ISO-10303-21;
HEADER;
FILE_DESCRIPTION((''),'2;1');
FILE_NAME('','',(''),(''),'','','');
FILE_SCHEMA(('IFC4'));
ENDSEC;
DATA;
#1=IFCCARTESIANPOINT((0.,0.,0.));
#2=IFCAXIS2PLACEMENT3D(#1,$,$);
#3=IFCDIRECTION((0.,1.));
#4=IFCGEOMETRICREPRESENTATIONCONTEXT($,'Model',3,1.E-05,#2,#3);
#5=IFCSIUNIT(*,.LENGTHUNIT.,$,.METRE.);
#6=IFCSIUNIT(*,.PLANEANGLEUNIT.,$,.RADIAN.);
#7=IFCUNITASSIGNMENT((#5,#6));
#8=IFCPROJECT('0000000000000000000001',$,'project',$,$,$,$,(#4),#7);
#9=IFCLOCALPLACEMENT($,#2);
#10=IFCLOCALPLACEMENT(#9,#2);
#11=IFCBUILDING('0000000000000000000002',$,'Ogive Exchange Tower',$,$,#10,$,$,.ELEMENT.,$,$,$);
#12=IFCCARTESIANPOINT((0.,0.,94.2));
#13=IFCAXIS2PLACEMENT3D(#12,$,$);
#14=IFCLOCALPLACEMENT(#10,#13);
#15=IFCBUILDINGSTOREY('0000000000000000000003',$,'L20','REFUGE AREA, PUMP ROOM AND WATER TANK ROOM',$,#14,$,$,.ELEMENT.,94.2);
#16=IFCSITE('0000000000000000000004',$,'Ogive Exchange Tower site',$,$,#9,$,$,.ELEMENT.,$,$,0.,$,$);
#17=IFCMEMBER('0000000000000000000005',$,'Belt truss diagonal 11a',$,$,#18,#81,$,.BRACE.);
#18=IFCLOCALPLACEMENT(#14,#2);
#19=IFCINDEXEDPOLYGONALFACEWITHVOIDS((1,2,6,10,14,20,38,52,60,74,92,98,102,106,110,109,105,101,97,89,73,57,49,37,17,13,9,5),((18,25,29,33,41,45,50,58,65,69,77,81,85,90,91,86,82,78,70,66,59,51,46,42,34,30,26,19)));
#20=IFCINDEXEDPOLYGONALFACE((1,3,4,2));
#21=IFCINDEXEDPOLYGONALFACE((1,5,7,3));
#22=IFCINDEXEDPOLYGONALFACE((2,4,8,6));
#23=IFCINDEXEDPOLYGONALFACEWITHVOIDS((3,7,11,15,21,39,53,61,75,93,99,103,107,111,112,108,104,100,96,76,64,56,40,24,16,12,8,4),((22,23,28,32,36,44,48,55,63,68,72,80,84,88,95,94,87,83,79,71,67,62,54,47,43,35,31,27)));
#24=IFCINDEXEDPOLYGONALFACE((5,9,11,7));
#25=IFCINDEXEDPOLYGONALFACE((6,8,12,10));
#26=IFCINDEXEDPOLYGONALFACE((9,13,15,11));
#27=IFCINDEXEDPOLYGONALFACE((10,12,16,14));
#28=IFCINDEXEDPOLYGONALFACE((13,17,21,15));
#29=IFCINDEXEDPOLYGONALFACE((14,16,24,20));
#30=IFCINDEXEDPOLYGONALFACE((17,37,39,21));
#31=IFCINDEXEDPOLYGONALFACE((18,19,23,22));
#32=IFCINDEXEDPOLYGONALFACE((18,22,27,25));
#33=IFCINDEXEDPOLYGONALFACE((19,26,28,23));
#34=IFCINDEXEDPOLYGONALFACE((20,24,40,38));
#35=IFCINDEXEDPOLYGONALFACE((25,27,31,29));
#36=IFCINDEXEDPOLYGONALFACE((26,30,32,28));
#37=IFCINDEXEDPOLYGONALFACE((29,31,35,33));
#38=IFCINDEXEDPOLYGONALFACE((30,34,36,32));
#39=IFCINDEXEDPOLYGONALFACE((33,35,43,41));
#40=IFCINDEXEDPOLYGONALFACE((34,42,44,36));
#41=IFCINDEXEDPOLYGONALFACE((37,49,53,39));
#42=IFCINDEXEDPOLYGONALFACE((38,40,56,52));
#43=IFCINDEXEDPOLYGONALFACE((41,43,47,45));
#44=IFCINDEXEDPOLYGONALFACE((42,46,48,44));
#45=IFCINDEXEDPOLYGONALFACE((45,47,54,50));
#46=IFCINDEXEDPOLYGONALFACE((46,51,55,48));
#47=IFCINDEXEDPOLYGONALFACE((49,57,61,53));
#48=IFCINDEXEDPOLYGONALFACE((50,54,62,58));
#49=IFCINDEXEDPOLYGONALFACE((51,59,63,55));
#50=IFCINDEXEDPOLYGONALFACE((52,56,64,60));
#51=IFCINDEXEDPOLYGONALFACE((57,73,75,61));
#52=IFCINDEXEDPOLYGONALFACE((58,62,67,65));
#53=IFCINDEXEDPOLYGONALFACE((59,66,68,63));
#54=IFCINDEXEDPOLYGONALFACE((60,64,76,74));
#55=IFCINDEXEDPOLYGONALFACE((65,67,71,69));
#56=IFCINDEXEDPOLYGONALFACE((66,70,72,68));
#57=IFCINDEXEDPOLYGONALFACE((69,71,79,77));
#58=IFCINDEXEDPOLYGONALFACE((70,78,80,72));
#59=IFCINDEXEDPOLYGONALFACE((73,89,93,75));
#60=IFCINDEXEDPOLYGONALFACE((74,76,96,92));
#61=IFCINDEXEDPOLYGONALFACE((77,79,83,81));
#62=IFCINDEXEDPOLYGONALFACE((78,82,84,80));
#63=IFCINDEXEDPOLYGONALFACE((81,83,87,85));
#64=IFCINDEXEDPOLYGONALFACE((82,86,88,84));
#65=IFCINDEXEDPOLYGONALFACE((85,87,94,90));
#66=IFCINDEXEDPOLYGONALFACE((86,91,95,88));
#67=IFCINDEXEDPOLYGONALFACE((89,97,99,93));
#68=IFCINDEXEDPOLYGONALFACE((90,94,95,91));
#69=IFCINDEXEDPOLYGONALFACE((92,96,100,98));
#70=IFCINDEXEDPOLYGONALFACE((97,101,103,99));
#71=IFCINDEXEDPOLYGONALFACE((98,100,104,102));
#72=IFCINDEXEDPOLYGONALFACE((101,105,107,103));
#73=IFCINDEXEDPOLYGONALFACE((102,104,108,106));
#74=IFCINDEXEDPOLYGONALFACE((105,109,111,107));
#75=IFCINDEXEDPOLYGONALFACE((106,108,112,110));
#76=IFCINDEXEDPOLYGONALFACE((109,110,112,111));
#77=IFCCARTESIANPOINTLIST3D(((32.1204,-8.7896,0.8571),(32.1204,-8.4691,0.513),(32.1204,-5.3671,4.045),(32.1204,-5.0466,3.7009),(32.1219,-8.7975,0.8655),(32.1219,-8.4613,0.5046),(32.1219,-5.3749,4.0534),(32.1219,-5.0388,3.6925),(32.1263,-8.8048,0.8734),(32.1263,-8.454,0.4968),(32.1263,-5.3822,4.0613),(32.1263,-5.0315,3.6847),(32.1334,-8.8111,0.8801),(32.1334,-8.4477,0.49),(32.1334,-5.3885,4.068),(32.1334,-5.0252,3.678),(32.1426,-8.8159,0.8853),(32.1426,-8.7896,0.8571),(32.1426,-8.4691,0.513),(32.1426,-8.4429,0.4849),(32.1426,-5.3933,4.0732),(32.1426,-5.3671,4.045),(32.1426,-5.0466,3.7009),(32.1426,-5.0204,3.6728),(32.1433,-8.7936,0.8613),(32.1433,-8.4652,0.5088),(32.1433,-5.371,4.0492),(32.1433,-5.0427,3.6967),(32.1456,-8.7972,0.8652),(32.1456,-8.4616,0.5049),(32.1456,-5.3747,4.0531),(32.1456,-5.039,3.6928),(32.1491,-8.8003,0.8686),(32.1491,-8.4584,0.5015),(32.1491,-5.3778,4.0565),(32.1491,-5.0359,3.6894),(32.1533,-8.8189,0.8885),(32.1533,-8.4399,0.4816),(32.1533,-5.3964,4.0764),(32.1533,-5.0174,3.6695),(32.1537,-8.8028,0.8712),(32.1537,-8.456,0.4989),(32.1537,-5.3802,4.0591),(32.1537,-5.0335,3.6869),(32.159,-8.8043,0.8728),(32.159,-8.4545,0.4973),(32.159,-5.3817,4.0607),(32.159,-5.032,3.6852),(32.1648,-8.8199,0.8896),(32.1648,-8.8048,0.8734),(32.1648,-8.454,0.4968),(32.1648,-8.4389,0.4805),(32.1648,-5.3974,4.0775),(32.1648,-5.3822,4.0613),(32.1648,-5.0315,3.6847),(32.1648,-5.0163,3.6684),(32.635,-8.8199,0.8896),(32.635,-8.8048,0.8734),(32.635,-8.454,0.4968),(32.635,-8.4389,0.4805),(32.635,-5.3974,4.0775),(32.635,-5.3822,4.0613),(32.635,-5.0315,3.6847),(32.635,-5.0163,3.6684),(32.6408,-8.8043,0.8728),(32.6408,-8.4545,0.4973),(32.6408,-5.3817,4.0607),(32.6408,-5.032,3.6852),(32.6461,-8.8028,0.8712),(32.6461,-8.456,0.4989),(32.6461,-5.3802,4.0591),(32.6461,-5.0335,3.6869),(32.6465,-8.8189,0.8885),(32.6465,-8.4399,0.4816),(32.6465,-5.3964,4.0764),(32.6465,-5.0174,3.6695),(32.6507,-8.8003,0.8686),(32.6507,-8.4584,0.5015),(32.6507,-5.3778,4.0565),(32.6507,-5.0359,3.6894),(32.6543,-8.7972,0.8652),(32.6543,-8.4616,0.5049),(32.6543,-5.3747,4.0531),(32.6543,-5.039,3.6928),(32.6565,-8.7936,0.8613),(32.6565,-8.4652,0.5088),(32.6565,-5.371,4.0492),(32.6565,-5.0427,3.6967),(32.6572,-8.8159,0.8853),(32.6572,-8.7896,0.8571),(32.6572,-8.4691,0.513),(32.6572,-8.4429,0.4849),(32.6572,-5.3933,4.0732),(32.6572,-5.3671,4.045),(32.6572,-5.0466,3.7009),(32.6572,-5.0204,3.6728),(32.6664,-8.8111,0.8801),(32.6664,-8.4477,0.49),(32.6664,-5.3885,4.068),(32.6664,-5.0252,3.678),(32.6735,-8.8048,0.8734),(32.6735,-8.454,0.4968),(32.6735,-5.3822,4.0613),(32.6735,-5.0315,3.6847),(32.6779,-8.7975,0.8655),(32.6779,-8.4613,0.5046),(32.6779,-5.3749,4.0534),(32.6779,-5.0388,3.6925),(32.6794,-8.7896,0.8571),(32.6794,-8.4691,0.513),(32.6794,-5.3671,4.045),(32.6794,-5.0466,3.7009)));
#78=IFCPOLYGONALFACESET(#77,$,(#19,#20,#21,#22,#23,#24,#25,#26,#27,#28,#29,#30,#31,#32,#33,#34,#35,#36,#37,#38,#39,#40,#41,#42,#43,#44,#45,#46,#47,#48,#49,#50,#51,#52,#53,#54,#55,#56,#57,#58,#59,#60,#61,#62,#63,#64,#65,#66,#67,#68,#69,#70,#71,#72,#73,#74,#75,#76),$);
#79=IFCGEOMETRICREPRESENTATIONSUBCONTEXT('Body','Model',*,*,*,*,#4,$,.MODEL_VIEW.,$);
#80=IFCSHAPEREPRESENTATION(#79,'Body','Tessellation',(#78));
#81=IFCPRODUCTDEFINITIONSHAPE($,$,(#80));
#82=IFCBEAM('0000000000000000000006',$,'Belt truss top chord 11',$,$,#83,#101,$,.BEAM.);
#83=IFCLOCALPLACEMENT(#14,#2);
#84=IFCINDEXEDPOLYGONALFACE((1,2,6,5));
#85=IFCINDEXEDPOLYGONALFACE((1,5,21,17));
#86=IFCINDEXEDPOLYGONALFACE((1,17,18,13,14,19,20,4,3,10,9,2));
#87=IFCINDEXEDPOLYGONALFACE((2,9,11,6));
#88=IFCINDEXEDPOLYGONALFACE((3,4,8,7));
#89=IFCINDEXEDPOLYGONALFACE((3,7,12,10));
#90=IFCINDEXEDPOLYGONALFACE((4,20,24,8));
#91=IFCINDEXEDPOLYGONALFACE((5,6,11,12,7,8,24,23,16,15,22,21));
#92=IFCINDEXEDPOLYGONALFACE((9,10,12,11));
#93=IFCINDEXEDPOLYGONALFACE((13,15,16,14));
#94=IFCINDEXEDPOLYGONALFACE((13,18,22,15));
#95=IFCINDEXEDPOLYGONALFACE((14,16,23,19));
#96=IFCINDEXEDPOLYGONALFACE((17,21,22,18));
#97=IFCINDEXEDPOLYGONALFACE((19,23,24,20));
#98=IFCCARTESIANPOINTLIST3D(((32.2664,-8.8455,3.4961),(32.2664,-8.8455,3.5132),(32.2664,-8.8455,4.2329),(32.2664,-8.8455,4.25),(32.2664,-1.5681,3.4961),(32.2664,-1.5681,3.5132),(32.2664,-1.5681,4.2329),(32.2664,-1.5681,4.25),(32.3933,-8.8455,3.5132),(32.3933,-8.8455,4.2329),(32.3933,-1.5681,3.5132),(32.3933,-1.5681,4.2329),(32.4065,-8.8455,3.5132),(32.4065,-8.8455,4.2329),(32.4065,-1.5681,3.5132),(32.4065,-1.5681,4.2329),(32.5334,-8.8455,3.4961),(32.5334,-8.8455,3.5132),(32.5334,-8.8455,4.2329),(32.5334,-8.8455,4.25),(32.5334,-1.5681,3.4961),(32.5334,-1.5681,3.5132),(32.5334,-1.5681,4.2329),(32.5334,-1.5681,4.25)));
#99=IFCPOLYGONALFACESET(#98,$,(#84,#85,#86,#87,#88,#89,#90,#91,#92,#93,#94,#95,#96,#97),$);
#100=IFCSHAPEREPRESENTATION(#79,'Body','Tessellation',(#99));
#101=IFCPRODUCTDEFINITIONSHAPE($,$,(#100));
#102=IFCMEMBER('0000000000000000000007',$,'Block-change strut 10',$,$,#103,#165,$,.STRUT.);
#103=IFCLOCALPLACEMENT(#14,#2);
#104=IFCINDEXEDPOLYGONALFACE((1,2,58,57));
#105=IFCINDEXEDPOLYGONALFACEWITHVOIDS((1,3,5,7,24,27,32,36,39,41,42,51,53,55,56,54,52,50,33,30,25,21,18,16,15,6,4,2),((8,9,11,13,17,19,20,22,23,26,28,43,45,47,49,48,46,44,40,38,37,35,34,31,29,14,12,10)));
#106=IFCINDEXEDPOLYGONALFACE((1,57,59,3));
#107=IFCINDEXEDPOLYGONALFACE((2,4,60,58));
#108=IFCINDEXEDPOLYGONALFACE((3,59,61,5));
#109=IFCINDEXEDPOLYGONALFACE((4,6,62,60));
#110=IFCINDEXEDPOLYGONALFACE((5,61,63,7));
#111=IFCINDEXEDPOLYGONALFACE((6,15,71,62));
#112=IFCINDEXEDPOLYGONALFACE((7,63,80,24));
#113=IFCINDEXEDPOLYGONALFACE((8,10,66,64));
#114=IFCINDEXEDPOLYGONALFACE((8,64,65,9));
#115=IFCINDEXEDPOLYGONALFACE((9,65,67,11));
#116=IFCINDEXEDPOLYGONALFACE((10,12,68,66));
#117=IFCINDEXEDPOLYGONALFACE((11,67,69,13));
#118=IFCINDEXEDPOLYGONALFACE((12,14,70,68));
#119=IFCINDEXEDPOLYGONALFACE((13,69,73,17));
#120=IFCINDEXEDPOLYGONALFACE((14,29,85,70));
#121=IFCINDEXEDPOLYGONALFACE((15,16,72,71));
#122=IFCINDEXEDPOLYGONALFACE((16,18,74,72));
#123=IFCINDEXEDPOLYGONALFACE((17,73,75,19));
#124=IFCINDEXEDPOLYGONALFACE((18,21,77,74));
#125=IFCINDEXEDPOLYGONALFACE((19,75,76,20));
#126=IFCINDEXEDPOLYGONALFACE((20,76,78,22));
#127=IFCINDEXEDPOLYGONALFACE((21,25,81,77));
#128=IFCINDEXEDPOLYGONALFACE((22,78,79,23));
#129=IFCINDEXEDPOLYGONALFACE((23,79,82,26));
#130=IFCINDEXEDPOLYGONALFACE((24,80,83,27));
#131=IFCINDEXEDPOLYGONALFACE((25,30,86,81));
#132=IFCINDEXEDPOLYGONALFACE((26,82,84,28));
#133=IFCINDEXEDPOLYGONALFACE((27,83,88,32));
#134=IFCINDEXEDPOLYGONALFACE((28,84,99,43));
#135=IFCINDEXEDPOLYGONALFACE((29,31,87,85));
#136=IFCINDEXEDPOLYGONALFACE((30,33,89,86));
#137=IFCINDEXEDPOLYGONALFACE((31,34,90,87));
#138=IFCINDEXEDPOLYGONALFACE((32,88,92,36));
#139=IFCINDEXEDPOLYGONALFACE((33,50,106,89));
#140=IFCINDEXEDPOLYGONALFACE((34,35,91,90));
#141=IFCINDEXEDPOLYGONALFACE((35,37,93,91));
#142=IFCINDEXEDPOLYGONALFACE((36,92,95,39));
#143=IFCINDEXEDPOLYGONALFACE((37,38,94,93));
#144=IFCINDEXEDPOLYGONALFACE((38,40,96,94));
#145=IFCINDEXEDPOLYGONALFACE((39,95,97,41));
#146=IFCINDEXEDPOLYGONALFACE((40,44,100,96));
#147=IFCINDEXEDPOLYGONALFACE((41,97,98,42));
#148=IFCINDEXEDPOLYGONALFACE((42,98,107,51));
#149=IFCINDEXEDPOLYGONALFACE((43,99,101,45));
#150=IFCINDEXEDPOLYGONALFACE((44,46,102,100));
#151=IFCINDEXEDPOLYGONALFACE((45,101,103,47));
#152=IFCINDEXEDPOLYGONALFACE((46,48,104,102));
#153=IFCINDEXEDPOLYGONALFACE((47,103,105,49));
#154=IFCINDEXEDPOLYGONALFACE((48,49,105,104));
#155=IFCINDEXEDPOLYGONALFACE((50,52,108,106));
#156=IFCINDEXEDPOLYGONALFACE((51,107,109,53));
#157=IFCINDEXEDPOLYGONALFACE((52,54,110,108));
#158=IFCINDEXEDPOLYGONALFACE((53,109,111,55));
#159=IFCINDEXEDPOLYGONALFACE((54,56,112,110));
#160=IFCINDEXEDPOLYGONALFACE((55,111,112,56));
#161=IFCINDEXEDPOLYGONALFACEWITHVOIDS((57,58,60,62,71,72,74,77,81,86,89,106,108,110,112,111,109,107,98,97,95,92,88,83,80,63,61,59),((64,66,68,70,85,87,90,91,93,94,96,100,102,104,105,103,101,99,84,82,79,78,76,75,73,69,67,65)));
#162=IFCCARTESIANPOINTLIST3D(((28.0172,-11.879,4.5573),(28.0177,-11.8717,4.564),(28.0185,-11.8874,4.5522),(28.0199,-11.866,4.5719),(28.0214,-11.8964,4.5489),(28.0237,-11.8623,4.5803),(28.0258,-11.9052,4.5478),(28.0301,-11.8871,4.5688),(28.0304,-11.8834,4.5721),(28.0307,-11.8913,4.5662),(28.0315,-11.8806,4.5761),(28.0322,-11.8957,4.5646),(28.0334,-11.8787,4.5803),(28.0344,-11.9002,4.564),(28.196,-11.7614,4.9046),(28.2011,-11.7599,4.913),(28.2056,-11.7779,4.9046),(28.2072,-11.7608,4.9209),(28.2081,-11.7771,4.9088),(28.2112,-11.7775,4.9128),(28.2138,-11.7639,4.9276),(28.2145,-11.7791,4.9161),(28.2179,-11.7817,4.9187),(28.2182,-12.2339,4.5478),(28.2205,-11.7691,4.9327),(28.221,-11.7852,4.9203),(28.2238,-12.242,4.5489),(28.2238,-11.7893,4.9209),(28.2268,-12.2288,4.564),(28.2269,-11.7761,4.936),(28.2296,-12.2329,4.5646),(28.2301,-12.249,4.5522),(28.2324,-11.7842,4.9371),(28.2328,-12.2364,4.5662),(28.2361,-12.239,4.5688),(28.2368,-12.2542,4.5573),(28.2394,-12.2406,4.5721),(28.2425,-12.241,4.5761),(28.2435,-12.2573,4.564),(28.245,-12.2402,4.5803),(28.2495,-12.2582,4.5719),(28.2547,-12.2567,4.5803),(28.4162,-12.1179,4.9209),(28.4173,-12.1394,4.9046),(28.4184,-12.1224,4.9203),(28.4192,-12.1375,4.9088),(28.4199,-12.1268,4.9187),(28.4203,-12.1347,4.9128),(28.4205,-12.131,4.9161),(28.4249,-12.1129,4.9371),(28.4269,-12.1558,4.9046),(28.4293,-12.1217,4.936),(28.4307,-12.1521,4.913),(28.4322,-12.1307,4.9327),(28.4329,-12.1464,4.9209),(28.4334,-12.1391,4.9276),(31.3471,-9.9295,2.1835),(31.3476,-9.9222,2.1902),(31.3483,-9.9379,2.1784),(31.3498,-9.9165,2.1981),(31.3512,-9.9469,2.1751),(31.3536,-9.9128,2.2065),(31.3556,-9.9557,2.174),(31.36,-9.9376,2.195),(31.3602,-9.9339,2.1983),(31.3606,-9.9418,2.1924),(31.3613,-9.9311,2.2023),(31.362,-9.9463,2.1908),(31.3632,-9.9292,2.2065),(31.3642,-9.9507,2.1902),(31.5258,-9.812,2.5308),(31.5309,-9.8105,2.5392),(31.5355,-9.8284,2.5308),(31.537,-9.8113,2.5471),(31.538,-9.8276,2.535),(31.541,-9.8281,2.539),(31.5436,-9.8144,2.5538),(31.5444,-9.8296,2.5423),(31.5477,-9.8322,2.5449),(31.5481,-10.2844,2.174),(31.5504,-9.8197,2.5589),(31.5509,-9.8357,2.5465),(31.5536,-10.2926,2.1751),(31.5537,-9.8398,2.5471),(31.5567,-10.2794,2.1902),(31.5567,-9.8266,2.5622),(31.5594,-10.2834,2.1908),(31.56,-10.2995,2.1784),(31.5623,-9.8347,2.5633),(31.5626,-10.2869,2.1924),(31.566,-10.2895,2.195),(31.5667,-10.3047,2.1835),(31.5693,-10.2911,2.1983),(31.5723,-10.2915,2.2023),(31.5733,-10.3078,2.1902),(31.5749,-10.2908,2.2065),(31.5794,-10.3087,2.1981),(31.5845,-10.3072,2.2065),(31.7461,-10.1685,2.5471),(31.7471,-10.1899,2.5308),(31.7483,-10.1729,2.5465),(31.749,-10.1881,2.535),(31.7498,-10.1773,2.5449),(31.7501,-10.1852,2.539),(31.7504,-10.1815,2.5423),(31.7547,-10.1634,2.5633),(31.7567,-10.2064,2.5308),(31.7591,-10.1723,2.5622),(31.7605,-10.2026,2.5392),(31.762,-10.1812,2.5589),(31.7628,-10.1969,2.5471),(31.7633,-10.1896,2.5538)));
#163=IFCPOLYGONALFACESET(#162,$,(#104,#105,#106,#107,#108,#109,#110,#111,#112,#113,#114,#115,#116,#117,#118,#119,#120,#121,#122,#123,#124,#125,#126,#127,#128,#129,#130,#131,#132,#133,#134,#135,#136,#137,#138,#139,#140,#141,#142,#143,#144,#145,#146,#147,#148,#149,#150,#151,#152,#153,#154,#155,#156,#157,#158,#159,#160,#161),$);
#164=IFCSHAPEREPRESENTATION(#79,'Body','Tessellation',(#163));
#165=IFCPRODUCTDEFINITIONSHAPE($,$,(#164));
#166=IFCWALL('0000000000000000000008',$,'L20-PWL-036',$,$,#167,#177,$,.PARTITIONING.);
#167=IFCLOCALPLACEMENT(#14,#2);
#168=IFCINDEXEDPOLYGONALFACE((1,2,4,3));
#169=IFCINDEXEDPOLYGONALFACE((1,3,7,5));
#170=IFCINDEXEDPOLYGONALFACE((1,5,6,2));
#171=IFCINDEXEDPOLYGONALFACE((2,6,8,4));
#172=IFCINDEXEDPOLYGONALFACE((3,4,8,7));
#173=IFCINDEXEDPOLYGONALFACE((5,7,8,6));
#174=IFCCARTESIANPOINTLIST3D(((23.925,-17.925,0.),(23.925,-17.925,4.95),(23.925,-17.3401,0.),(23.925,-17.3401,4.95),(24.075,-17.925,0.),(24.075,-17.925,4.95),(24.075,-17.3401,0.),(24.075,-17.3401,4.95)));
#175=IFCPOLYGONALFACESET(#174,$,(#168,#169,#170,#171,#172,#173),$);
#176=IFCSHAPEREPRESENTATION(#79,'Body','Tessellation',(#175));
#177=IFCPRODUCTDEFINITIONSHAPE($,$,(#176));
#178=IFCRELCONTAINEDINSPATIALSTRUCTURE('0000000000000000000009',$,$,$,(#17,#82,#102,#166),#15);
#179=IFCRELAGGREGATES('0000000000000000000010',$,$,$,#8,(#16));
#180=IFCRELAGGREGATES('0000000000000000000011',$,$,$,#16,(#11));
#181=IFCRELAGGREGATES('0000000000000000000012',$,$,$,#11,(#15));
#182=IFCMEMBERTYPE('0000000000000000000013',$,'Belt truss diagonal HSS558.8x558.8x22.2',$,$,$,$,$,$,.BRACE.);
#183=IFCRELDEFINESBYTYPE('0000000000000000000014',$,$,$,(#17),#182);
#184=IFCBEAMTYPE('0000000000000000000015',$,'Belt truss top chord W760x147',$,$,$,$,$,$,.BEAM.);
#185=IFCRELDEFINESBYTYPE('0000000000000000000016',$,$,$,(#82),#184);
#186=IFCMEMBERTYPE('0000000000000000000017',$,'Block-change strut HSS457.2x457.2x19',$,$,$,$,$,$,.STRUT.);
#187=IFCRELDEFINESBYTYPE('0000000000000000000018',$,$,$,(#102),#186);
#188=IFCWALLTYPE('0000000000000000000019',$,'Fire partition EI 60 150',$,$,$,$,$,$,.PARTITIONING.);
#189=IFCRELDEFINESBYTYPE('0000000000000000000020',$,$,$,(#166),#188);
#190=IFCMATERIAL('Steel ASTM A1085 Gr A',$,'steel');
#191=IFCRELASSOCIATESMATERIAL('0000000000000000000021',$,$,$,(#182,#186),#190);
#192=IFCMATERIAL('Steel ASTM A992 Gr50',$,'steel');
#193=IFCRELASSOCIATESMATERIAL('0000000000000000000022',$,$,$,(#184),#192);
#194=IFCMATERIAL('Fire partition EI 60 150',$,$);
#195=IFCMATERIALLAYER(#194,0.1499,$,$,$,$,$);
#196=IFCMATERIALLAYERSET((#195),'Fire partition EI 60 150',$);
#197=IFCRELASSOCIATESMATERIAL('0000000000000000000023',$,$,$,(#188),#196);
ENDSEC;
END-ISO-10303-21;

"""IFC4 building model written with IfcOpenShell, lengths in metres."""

from ifc_helpers import new_model, si_unit, direction, frame, frame_2d, origin, origin_2d, place, context, subcontext, project, spatial, rectangle, hollow_rectangle, i_section, extrude, material, layer, layer_set, material_profile, profile_set, type_object, element, save


model = new_model("IFC4")

# Units and contexts
model_context = context("Model", 3, precision=1e-05, world=origin(), true_north=direction((0.0, 1.0)))
body_context = subcontext(model_context, "Body", "Model", "MODEL_VIEW")
ifc_project = project(units=[si_unit("LENGTHUNIT", "METRE"), si_unit("PLANEANGLEUNIT", "RADIAN")], contexts=[model_context])

# Site, building, storey
site_placement = place(None, origin())
site = spatial("IfcSite", under=ifc_project, at=site_placement, Name="Ogive Exchange Tower site", CompositionType="ELEMENT", RefElevation=0.0)
building_placement = place(site_placement, origin())
building = spatial("IfcBuilding", under=site, at=building_placement, Name="Ogive Exchange Tower", CompositionType="ELEMENT")
storey_placement = place(building_placement, frame((0.0, 0.0, 94.2)))
storey = spatial("IfcBuildingStorey", under=building, at=storey_placement, Name="L20", Description="REFUGE AREA, PUMP ROOM AND WATER TANK ROOM", CompositionType="ELEMENT", Elevation=94.2)

# Shared definitions
ifc_material_1 = material(Name="Steel ASTM A992 Gr50", Category="steel")

# Member
ifc_material_2 = material(Name="Steel ASTM A1085 Gr A", Category="steel")
ifc_material_profile_1 = material_profile(ifc_material_2, hollow_rectangle(XDim=0.5591, YDim=0.5591, WallThickness=0.0222, InnerFilletRadius=0.0222, OuterFilletRadius=0.0444, at=origin_2d()), Name="HSS558.8x558.8x22.2")
ifc_profile_set_1 = profile_set([ifc_material_profile_1], Name="Steel ASTM A1085 Gr A")
member_type_1 = type_object("IfcMemberType", Name="Belt truss diagonal HSS558.8x558.8x22.2", PredefinedType="BRACE", material=ifc_profile_set_1)
member_1_placement = place(storey_placement, frame((32.3999, -8.6294, 0.6851), z_axis=(0.0, 0.731742, 0.681581), x_axis=(-1.0, 0.0, 0.0)))
element("IfcMember", 1, at=member_1_placement, inside=storey, type_object=member_type_1, Name="Belt truss diagonal 11a", PredefinedType="BRACE", context=body_context, shape_type="SweptSolid", body=[
    extrude(hollow_rectangle(XDim=0.5591, YDim=0.5591, WallThickness=0.0222, InnerFilletRadius=0.0222, OuterFilletRadius=0.0444, at=origin_2d()), origin(), (0.0, 0.0, 1.0), 4.6772),
])

# Beam
ifc_material_profile_2 = material_profile(ifc_material_1, i_section(OverallWidth=0.2671, OverallDepth=0.7539, WebThickness=0.0132, FlangeThickness=0.0171, at=origin_2d()), Name="W760x147")
ifc_profile_set_2 = profile_set([ifc_material_profile_2], Name="Steel ASTM A992 Gr50")
beam_type_1 = type_object("IfcBeamType", Name="Belt truss top chord W760x147", PredefinedType="BEAM", material=ifc_profile_set_2)
beam_1_placement = place(storey_placement, frame((32.3999, -8.8455, 3.873), z_axis=(0.0, 1.0, 0.0), x_axis=(-1.0, 0.0, 0.0)))
element("IfcBeam", 2, at=beam_1_placement, inside=storey, type_object=beam_type_1, Name="Belt truss top chord 11", PredefinedType="BEAM", context=body_context, shape_type="SweptSolid", body=[
    extrude(i_section(OverallWidth=0.2671, OverallDepth=0.7539, WebThickness=0.0132, FlangeThickness=0.0171, at=origin_2d()), origin(), (0.0, 0.0, 1.0), 7.2773),
])

# Member
ifc_material_profile_3 = material_profile(ifc_material_2, hollow_rectangle(XDim=0.457, YDim=0.457, WallThickness=0.019, InnerFilletRadius=0.019, OuterFilletRadius=0.0381, at=origin_2d()), Name="HSS457.2x457.2x19")
ifc_profile_set_3 = profile_set([ifc_material_profile_3], Name="Steel ASTM A1085 Gr A")
member_type_2 = type_object("IfcMemberType", Name="Block-change strut HSS457.2x457.2x19", PredefinedType="STRUT", material=ifc_profile_set_3)
member_2_placement = place(storey_placement, frame((31.5552, -10.0596, 2.3687), z_axis=(-0.735025, -0.430323, 0.523986), x_axis=(0.505236, -0.862981, 0.0)))
element("IfcMember", 3, at=member_2_placement, inside=storey, type_object=member_type_2, Name="Block-change strut 10", PredefinedType="STRUT", context=body_context, shape_type="SweptSolid", body=[
    extrude(hollow_rectangle(XDim=0.457, YDim=0.457, WallThickness=0.019, InnerFilletRadius=0.019, OuterFilletRadius=0.0381, at=origin_2d()), origin(), (0.0, 0.0, 1.0), 4.5303),
])

# Wall
ifc_material_3 = material(Name="Fire partition EI 60 150")
ifc_layer_1 = layer(ifc_material_3, 0.1499)
ifc_layer_set_1 = layer_set([ifc_layer_1], Name="Fire partition EI 60 150")
wall_type_1 = type_object("IfcWallType", Name="Fire partition EI 60 150", PredefinedType="PARTITIONING", material=ifc_layer_set_1)
wall_1_placement = place(storey_placement, frame((24.0, -17.3401, 0.0), z_axis=(0.0, 0.0, 1.0), x_axis=(0.0, -1.0, 0.0)))
element("IfcWall", 4, at=wall_1_placement, inside=storey, type_object=wall_type_1, Name="L20-PWL-036", PredefinedType="PARTITIONING", context=body_context, shape_type="SweptSolid", body=[
    extrude(rectangle(XDim=0.585, YDim=0.1499, at=frame_2d((0.2925, 0.0))), origin(), (0.0, 0.0, 1.0), 4.95),
])

save(model, "model.ifc")
